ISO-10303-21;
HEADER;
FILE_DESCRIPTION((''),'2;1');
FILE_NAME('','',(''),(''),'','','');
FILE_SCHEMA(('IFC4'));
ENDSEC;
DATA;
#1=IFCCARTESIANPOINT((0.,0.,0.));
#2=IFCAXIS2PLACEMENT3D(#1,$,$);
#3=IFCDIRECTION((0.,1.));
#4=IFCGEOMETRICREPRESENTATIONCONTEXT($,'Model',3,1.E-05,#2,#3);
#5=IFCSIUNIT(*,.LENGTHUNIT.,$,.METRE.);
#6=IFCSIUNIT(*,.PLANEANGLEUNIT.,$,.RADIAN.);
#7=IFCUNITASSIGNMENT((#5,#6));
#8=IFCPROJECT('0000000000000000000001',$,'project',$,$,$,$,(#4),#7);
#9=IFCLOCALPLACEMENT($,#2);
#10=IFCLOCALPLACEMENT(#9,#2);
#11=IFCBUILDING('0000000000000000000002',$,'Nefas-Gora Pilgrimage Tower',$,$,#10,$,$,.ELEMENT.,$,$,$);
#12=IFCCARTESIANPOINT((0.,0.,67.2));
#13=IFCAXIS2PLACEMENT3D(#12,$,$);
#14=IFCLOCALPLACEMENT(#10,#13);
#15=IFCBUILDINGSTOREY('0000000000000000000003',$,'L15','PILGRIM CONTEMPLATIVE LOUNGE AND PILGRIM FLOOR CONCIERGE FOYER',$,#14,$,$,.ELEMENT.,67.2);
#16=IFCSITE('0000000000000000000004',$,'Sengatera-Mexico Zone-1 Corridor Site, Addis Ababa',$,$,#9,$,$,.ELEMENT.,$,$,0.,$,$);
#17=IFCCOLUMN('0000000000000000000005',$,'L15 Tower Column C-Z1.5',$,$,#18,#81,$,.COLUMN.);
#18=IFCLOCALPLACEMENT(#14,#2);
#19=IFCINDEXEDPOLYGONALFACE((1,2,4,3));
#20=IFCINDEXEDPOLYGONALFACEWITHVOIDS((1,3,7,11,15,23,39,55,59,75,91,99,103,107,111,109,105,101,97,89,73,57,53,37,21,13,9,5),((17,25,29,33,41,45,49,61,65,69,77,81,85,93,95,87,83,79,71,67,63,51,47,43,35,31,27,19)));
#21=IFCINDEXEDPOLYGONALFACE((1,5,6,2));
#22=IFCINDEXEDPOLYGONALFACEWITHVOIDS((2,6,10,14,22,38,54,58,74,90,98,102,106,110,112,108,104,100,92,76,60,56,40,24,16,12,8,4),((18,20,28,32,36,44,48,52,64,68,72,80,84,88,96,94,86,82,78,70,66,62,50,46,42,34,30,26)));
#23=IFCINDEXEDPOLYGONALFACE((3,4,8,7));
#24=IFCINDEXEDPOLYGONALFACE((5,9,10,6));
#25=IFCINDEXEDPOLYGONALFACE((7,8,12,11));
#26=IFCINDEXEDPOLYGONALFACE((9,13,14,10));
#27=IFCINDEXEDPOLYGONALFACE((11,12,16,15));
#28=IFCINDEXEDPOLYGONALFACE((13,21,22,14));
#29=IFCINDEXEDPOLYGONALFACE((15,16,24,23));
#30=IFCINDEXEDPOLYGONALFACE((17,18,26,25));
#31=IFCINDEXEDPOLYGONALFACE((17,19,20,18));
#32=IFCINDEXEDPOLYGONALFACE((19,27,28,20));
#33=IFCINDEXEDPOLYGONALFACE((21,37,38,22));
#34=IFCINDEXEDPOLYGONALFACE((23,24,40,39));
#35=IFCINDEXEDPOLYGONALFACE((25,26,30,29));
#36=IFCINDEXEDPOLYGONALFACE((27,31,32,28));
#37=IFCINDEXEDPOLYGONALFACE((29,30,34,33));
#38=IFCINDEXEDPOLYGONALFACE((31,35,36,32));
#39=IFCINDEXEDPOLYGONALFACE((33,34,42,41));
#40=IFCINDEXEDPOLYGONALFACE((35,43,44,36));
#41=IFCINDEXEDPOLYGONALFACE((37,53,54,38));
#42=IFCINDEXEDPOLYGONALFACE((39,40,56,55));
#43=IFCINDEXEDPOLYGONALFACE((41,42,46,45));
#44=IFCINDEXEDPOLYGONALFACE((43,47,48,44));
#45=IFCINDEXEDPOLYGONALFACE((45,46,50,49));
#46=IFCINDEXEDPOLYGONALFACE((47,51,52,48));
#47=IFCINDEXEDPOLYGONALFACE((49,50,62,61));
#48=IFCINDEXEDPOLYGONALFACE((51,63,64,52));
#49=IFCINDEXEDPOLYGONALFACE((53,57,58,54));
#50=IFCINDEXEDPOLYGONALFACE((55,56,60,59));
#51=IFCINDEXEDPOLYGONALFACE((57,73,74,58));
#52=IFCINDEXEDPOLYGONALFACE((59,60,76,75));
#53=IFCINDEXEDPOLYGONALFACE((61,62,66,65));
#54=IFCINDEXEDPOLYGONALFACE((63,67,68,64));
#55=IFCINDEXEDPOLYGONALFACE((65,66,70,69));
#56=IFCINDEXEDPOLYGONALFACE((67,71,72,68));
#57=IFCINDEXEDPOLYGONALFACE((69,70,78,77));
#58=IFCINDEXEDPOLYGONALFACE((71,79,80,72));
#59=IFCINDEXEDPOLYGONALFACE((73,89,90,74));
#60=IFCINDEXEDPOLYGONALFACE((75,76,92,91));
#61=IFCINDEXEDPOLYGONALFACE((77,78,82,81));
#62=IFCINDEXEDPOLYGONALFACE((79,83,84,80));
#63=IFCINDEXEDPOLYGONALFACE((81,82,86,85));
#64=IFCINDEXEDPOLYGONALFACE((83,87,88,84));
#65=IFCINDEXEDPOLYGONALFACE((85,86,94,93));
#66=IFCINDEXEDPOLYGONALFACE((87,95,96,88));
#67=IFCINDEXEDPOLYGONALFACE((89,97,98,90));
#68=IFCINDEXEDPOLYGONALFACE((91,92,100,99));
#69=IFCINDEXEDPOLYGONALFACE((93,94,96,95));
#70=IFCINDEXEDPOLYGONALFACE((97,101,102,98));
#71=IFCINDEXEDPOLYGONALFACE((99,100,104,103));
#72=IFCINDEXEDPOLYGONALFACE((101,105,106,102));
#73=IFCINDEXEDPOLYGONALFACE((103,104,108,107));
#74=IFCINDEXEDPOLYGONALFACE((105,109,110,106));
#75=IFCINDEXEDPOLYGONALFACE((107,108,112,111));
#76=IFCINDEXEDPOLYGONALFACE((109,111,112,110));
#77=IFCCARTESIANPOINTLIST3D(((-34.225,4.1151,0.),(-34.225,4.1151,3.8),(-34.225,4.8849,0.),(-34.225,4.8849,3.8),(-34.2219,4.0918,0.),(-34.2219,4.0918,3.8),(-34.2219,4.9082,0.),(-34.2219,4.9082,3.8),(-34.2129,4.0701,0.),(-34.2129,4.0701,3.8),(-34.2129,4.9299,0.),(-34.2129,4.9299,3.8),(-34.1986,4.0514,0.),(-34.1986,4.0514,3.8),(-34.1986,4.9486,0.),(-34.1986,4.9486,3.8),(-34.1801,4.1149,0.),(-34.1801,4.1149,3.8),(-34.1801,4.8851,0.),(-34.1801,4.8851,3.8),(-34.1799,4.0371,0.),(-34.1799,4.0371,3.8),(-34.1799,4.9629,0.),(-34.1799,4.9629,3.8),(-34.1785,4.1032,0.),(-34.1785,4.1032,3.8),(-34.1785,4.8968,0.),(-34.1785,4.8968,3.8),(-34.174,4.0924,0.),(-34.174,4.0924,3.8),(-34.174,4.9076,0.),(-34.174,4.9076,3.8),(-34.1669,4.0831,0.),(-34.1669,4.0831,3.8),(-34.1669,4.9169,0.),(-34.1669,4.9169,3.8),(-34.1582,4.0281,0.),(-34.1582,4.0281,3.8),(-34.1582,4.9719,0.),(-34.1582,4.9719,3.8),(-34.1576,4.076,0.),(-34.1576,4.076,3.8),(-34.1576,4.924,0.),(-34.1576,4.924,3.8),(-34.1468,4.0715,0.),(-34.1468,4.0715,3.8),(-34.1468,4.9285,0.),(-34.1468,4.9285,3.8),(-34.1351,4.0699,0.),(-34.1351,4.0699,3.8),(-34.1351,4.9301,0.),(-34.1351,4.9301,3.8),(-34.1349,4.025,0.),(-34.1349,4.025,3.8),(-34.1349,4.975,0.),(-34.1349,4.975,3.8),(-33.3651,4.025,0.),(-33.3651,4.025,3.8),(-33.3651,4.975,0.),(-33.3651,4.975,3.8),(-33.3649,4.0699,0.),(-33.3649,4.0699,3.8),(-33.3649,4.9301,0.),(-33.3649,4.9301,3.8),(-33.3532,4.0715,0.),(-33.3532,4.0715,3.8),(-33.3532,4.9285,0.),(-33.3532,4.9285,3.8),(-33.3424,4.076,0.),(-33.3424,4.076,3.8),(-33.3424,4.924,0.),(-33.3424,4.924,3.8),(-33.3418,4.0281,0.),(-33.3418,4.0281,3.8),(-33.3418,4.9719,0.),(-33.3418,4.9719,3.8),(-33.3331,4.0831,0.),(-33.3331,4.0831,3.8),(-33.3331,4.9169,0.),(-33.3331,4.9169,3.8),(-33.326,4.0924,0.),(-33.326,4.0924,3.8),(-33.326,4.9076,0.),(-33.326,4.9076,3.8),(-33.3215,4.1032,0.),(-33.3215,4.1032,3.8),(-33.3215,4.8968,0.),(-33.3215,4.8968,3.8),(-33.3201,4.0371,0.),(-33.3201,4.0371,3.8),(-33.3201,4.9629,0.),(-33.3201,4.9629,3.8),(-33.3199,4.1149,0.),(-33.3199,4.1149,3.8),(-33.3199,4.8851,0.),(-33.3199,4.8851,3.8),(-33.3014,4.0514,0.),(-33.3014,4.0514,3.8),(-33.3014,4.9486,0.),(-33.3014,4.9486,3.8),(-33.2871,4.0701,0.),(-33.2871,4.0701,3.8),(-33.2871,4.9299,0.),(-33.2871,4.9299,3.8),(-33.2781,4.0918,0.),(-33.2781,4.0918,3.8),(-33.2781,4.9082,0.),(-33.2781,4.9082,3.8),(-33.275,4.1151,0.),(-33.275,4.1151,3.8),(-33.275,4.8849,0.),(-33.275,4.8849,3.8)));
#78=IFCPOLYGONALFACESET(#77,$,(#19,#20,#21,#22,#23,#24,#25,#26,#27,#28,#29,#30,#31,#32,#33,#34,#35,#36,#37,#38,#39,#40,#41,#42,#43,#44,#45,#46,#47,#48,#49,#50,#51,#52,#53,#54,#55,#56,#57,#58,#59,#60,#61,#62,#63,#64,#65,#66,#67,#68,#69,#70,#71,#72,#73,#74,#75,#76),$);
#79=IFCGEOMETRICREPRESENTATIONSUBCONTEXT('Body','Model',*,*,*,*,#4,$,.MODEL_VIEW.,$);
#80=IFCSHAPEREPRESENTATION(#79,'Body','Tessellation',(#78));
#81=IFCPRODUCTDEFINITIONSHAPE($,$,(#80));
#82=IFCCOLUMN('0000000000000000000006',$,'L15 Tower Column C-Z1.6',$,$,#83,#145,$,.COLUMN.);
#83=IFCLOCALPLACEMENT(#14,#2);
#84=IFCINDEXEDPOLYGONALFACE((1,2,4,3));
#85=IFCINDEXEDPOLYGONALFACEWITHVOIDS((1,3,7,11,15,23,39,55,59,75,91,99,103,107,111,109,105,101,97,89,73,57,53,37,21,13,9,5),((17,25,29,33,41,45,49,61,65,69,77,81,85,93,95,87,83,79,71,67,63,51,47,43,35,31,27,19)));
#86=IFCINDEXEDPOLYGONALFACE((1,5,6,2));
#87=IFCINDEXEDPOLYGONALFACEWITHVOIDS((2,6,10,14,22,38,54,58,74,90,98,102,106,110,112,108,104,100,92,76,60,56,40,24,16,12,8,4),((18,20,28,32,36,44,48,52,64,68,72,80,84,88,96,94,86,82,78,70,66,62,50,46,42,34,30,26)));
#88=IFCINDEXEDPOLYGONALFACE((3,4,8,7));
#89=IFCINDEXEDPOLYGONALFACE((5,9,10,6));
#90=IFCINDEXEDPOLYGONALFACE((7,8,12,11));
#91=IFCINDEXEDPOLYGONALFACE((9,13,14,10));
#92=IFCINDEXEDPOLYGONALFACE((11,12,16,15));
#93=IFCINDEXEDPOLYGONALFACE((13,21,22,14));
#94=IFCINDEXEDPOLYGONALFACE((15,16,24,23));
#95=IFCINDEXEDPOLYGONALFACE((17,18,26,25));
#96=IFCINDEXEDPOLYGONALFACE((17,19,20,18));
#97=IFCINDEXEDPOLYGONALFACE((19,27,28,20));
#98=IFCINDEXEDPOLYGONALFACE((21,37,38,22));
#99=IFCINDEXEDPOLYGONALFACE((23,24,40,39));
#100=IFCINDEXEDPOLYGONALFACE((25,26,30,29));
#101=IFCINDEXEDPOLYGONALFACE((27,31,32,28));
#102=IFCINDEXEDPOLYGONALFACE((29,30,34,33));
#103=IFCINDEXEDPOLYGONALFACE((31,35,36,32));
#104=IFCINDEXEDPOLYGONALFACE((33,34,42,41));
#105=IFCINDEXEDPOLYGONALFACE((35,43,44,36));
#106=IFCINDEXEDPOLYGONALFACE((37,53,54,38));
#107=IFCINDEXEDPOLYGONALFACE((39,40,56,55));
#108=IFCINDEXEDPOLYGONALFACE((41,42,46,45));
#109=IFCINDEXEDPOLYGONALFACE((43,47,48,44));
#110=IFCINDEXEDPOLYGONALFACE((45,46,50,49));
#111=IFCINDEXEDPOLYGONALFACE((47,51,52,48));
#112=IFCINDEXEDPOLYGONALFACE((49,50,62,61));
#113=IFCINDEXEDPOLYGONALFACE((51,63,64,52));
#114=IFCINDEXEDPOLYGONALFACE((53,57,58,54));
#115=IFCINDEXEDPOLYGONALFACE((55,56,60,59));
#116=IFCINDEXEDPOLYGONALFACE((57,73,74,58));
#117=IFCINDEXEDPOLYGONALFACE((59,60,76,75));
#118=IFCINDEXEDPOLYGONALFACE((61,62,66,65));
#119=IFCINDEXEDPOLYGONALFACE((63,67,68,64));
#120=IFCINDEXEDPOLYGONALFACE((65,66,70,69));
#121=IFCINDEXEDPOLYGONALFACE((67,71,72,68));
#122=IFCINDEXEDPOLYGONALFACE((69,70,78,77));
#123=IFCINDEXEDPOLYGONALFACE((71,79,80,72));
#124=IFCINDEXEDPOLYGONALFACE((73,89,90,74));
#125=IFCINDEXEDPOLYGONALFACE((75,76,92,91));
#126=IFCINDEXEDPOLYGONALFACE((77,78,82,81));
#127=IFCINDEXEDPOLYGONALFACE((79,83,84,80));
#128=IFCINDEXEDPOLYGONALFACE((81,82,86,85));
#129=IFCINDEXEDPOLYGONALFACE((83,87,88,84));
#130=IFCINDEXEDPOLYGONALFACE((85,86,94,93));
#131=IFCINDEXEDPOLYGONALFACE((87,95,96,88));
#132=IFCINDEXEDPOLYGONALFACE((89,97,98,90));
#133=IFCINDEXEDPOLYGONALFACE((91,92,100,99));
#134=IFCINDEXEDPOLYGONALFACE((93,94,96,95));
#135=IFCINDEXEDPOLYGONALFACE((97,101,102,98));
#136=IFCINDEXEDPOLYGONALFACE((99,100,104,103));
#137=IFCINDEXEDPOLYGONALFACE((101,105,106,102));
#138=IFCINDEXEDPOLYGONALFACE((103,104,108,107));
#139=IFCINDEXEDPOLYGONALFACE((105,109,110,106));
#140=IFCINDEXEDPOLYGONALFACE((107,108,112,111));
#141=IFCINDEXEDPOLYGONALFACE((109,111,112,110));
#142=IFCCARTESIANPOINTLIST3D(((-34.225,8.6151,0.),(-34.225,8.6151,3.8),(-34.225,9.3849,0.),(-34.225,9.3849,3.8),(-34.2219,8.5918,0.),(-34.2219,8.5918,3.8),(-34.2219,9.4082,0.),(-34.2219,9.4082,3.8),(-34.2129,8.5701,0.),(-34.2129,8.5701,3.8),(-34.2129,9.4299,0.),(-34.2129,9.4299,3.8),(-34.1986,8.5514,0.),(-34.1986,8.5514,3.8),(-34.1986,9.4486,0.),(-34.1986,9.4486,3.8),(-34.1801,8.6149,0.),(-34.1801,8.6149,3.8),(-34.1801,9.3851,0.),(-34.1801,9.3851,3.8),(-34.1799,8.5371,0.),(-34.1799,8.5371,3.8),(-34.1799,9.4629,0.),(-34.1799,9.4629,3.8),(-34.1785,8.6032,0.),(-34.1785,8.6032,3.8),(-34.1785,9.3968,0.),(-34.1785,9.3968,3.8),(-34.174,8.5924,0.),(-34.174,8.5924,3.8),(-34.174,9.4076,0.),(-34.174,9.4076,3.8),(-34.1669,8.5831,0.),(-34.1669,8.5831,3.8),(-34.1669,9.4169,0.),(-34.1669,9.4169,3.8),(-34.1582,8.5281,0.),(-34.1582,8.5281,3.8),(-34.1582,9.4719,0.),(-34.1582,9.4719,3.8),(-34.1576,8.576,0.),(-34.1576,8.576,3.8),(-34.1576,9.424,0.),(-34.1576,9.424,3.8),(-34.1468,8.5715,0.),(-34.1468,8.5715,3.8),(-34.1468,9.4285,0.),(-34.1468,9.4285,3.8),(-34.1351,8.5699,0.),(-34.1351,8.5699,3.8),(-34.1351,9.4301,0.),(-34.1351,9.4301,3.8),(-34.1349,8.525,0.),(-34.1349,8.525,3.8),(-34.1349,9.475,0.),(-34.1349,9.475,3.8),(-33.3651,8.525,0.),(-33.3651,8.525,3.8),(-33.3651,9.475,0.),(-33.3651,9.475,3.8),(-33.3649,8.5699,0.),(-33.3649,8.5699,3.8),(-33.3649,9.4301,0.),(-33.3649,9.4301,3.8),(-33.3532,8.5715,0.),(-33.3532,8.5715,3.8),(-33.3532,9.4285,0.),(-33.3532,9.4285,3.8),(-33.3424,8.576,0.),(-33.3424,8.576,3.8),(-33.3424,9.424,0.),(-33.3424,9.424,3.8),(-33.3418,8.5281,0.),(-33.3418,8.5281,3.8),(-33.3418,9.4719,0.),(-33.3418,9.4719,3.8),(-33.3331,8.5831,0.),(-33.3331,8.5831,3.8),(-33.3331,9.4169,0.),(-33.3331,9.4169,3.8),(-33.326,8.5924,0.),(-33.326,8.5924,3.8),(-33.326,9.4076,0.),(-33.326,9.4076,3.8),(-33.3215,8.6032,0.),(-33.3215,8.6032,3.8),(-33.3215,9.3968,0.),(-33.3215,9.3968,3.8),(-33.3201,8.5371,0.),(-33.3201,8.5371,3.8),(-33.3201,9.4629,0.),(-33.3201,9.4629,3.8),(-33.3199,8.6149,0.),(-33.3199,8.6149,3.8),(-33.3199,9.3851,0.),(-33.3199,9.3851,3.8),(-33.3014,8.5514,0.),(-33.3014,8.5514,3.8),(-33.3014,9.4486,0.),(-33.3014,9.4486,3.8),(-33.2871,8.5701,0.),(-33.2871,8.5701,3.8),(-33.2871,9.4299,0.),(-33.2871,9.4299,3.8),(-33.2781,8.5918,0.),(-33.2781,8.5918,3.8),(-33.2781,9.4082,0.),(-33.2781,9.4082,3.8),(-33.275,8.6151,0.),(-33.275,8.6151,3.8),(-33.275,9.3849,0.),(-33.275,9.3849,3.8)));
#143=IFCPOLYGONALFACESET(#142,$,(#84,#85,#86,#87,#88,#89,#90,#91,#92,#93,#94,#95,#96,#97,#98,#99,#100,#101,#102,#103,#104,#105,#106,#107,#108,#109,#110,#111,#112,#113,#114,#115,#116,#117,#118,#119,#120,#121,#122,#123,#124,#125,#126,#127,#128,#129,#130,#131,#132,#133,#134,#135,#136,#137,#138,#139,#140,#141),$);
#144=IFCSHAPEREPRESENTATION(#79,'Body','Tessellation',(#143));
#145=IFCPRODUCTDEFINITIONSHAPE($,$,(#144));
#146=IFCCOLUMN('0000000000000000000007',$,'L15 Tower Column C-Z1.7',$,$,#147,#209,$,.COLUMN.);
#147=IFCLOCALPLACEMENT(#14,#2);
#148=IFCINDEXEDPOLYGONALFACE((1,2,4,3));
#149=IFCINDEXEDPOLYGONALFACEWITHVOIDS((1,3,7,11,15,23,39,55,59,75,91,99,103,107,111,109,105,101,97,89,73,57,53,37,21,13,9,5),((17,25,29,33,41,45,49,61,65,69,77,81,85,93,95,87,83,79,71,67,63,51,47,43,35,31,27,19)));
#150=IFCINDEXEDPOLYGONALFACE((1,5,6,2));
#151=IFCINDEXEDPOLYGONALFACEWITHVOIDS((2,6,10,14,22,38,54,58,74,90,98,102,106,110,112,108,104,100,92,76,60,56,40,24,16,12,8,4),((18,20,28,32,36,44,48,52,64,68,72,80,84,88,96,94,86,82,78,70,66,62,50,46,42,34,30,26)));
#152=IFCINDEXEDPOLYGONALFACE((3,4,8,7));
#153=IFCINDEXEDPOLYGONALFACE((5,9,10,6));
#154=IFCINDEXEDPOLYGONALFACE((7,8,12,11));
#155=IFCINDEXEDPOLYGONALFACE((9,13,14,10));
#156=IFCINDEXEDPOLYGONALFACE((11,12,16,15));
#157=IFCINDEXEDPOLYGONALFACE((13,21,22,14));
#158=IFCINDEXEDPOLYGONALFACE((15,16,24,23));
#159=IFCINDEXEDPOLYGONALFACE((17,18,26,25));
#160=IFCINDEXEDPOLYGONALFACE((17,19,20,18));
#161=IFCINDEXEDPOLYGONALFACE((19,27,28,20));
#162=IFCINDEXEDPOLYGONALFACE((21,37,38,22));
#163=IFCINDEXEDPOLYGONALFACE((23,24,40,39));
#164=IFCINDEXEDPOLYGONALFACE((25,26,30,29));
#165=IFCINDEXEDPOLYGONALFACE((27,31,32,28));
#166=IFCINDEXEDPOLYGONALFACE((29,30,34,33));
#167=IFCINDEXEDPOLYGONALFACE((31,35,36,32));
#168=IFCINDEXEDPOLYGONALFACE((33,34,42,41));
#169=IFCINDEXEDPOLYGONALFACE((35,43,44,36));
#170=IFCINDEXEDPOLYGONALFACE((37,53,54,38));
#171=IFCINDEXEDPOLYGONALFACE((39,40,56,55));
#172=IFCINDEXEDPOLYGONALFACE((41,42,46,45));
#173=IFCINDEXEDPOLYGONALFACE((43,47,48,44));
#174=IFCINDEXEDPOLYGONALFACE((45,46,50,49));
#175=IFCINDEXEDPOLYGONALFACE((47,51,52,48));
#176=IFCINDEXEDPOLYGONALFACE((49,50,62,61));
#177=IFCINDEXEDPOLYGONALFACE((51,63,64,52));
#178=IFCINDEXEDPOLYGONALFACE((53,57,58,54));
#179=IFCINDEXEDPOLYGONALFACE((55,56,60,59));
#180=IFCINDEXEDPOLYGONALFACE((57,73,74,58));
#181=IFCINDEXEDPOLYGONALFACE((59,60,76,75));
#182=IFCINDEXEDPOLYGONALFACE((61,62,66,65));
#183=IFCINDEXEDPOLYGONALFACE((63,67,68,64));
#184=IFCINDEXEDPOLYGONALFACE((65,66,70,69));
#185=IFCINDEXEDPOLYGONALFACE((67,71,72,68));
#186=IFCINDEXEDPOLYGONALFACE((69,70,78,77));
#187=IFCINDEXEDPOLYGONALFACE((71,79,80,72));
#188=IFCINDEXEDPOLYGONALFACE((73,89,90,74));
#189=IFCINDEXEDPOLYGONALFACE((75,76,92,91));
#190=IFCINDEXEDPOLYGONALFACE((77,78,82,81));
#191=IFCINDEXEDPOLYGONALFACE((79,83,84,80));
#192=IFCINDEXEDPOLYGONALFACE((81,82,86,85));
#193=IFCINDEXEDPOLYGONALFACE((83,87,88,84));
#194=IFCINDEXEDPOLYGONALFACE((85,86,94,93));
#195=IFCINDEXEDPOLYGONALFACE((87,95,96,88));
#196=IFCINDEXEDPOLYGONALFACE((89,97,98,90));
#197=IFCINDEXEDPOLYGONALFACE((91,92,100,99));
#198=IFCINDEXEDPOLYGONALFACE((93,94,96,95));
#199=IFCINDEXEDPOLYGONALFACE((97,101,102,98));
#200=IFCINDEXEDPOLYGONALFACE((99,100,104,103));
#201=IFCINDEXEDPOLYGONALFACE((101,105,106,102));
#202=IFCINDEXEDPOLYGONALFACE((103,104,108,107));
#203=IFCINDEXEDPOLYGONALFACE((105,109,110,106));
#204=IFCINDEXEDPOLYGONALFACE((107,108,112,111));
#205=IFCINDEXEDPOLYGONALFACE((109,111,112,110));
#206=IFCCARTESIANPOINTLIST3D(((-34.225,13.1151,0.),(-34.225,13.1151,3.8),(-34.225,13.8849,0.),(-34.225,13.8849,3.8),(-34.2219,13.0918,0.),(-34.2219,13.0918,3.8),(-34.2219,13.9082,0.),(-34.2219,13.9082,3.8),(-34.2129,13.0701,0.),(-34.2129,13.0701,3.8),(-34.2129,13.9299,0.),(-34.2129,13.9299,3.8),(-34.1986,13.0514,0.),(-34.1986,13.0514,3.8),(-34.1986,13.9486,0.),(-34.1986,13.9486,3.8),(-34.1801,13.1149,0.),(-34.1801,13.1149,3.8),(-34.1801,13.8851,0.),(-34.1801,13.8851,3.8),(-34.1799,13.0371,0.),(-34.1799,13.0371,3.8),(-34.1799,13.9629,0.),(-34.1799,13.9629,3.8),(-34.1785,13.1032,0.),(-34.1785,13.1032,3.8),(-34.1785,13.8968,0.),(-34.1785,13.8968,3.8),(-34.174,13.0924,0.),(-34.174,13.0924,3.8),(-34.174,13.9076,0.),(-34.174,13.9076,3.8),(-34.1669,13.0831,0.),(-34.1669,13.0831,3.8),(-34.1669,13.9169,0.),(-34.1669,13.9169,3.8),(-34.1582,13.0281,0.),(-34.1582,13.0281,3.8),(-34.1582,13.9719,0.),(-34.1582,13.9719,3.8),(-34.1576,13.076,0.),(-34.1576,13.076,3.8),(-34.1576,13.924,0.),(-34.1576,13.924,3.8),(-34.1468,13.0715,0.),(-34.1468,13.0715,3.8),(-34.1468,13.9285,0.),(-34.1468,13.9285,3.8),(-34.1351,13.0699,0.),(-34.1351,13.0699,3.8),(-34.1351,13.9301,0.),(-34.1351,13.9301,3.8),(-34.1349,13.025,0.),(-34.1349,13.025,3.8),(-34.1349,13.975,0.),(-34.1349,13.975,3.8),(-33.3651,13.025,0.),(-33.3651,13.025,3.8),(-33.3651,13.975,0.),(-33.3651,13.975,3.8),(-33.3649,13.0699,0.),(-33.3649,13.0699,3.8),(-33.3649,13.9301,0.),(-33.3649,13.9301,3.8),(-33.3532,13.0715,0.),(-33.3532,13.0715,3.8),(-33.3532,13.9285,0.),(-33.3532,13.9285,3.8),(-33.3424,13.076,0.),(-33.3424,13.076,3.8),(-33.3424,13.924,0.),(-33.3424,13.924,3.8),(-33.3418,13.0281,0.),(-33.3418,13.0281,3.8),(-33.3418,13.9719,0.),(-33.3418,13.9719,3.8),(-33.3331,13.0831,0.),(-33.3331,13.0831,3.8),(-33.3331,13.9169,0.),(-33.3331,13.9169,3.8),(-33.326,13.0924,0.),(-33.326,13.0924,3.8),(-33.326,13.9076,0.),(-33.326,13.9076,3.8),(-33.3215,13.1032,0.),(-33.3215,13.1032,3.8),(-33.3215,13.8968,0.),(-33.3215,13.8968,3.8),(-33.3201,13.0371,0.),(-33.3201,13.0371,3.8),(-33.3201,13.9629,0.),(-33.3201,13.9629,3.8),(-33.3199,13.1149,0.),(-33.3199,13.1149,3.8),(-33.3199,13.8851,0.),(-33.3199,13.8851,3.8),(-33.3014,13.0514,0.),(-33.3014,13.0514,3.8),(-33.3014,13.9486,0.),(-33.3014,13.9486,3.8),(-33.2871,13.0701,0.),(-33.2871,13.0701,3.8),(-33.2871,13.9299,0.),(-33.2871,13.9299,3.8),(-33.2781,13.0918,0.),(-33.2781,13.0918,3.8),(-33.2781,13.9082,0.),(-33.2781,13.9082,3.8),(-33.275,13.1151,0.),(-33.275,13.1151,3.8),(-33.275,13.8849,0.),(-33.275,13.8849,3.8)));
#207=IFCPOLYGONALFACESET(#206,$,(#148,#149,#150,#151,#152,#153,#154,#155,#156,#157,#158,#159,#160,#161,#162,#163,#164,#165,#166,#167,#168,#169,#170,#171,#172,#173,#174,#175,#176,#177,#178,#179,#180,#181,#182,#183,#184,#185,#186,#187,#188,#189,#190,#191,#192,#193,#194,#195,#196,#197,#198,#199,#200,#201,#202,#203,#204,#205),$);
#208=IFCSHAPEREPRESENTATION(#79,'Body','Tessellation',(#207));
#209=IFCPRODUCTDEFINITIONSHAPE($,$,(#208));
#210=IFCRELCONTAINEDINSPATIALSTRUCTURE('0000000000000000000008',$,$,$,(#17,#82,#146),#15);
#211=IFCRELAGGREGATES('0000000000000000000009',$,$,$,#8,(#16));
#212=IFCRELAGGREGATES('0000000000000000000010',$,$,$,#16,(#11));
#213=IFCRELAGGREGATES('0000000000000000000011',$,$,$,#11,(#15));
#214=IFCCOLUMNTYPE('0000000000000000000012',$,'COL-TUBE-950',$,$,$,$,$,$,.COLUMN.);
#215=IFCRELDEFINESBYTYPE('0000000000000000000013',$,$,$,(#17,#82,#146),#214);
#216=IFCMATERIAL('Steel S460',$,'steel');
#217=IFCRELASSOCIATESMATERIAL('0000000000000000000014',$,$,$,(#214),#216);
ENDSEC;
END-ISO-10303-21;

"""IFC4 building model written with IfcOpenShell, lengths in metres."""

from ifc_helpers import new_model, si_unit, direction, frame, origin, origin_2d, place, context, subcontext, project, spatial, hollow_rectangle, extrude, source, transform, mapped, material, material_profile, profile_set, type_object, element, save


model = new_model("IFC4")

# Units and contexts
model_context = context("Model", 3, precision=1e-05, world=origin(), true_north=direction((0.0, 1.0)))
body_context = subcontext(model_context, "Body", "Model", "MODEL_VIEW")
ifc_project = project(units=[si_unit("LENGTHUNIT", "METRE"), si_unit("PLANEANGLEUNIT", "RADIAN")], contexts=[model_context])

# Site, building, storey
site_placement = place(None, origin())
site = spatial("IfcSite", under=ifc_project, at=site_placement, Name="Sengatera-Mexico Zone-1 Corridor Site, Addis Ababa", CompositionType="ELEMENT", RefElevation=0.0)
building_placement = place(site_placement, origin())
building = spatial("IfcBuilding", under=site, at=building_placement, Name="Nefas-Gora Pilgrimage Tower", CompositionType="ELEMENT")
storey_placement = place(building_placement, frame((0.0, 0.0, 67.2)))
storey = spatial("IfcBuildingStorey", under=building, at=storey_placement, Name="L15", Description="PILGRIM CONTEMPLATIVE LOUNGE AND PILGRIM FLOOR CONCIERGE FOYER", CompositionType="ELEMENT", Elevation=67.2)

# Columns
ifc_material_1 = material(Name="Steel S460", Category="steel")
ifc_material_profile_1 = material_profile(ifc_material_1, hollow_rectangle(XDim=0.95, YDim=0.95, WallThickness=0.0449, InnerFilletRadius=0.0449, OuterFilletRadius=0.0901, at=origin_2d()), Name="BOX 950x950x45")
ifc_profile_set_1 = profile_set([ifc_material_profile_1], Name="Steel S460")
column_type_1 = type_object("IfcColumnType", Name="COL-TUBE-950", PredefinedType="COLUMN", material=ifc_profile_set_1)
shared_shape_1 = source(origin(), body_context, "Body", "SweptSolid", [
    extrude(hollow_rectangle(XDim=0.95, YDim=0.95, WallThickness=0.0449, InnerFilletRadius=0.0449, OuterFilletRadius=0.0901, at=origin_2d()), origin(), (0.0, 0.0, 1.0), 3.8),
])
for number, where, z_axis, x_axis, name in (
    (1, (-33.75, 4.5, 0.0), (0.0, 0.0, 1.0), (1.0, 0.0, 0.0), "L15 Tower Column C-Z1.5"),
    (2, (-33.75, 9.0, 0.0), (0.0, 0.0, 1.0), (1.0, 0.0, 0.0), "L15 Tower Column C-Z1.6"),
    (3, (-33.75, 13.5, 0.0), (0.0, 0.0, 1.0), (1.0, 0.0, 0.0), "L15 Tower Column C-Z1.7"),
):
    element("IfcColumn", number, at=place(storey_placement, frame(where, z_axis=z_axis, x_axis=x_axis)), inside=storey, type_object=column_type_1, Name=name, PredefinedType="COLUMN", context=body_context, shape_type="MappedRepresentation", body=[
        mapped(shared_shape_1, transform((0.0, 0.0, 0.0), x_axis=(1.0, 0.0, 0.0), y_axis=(0.0, 1.0, 0.0), z_axis=(0.0, 0.0, 1.0), scale=1.0)),
    ])

save(model, "model.ifc")
